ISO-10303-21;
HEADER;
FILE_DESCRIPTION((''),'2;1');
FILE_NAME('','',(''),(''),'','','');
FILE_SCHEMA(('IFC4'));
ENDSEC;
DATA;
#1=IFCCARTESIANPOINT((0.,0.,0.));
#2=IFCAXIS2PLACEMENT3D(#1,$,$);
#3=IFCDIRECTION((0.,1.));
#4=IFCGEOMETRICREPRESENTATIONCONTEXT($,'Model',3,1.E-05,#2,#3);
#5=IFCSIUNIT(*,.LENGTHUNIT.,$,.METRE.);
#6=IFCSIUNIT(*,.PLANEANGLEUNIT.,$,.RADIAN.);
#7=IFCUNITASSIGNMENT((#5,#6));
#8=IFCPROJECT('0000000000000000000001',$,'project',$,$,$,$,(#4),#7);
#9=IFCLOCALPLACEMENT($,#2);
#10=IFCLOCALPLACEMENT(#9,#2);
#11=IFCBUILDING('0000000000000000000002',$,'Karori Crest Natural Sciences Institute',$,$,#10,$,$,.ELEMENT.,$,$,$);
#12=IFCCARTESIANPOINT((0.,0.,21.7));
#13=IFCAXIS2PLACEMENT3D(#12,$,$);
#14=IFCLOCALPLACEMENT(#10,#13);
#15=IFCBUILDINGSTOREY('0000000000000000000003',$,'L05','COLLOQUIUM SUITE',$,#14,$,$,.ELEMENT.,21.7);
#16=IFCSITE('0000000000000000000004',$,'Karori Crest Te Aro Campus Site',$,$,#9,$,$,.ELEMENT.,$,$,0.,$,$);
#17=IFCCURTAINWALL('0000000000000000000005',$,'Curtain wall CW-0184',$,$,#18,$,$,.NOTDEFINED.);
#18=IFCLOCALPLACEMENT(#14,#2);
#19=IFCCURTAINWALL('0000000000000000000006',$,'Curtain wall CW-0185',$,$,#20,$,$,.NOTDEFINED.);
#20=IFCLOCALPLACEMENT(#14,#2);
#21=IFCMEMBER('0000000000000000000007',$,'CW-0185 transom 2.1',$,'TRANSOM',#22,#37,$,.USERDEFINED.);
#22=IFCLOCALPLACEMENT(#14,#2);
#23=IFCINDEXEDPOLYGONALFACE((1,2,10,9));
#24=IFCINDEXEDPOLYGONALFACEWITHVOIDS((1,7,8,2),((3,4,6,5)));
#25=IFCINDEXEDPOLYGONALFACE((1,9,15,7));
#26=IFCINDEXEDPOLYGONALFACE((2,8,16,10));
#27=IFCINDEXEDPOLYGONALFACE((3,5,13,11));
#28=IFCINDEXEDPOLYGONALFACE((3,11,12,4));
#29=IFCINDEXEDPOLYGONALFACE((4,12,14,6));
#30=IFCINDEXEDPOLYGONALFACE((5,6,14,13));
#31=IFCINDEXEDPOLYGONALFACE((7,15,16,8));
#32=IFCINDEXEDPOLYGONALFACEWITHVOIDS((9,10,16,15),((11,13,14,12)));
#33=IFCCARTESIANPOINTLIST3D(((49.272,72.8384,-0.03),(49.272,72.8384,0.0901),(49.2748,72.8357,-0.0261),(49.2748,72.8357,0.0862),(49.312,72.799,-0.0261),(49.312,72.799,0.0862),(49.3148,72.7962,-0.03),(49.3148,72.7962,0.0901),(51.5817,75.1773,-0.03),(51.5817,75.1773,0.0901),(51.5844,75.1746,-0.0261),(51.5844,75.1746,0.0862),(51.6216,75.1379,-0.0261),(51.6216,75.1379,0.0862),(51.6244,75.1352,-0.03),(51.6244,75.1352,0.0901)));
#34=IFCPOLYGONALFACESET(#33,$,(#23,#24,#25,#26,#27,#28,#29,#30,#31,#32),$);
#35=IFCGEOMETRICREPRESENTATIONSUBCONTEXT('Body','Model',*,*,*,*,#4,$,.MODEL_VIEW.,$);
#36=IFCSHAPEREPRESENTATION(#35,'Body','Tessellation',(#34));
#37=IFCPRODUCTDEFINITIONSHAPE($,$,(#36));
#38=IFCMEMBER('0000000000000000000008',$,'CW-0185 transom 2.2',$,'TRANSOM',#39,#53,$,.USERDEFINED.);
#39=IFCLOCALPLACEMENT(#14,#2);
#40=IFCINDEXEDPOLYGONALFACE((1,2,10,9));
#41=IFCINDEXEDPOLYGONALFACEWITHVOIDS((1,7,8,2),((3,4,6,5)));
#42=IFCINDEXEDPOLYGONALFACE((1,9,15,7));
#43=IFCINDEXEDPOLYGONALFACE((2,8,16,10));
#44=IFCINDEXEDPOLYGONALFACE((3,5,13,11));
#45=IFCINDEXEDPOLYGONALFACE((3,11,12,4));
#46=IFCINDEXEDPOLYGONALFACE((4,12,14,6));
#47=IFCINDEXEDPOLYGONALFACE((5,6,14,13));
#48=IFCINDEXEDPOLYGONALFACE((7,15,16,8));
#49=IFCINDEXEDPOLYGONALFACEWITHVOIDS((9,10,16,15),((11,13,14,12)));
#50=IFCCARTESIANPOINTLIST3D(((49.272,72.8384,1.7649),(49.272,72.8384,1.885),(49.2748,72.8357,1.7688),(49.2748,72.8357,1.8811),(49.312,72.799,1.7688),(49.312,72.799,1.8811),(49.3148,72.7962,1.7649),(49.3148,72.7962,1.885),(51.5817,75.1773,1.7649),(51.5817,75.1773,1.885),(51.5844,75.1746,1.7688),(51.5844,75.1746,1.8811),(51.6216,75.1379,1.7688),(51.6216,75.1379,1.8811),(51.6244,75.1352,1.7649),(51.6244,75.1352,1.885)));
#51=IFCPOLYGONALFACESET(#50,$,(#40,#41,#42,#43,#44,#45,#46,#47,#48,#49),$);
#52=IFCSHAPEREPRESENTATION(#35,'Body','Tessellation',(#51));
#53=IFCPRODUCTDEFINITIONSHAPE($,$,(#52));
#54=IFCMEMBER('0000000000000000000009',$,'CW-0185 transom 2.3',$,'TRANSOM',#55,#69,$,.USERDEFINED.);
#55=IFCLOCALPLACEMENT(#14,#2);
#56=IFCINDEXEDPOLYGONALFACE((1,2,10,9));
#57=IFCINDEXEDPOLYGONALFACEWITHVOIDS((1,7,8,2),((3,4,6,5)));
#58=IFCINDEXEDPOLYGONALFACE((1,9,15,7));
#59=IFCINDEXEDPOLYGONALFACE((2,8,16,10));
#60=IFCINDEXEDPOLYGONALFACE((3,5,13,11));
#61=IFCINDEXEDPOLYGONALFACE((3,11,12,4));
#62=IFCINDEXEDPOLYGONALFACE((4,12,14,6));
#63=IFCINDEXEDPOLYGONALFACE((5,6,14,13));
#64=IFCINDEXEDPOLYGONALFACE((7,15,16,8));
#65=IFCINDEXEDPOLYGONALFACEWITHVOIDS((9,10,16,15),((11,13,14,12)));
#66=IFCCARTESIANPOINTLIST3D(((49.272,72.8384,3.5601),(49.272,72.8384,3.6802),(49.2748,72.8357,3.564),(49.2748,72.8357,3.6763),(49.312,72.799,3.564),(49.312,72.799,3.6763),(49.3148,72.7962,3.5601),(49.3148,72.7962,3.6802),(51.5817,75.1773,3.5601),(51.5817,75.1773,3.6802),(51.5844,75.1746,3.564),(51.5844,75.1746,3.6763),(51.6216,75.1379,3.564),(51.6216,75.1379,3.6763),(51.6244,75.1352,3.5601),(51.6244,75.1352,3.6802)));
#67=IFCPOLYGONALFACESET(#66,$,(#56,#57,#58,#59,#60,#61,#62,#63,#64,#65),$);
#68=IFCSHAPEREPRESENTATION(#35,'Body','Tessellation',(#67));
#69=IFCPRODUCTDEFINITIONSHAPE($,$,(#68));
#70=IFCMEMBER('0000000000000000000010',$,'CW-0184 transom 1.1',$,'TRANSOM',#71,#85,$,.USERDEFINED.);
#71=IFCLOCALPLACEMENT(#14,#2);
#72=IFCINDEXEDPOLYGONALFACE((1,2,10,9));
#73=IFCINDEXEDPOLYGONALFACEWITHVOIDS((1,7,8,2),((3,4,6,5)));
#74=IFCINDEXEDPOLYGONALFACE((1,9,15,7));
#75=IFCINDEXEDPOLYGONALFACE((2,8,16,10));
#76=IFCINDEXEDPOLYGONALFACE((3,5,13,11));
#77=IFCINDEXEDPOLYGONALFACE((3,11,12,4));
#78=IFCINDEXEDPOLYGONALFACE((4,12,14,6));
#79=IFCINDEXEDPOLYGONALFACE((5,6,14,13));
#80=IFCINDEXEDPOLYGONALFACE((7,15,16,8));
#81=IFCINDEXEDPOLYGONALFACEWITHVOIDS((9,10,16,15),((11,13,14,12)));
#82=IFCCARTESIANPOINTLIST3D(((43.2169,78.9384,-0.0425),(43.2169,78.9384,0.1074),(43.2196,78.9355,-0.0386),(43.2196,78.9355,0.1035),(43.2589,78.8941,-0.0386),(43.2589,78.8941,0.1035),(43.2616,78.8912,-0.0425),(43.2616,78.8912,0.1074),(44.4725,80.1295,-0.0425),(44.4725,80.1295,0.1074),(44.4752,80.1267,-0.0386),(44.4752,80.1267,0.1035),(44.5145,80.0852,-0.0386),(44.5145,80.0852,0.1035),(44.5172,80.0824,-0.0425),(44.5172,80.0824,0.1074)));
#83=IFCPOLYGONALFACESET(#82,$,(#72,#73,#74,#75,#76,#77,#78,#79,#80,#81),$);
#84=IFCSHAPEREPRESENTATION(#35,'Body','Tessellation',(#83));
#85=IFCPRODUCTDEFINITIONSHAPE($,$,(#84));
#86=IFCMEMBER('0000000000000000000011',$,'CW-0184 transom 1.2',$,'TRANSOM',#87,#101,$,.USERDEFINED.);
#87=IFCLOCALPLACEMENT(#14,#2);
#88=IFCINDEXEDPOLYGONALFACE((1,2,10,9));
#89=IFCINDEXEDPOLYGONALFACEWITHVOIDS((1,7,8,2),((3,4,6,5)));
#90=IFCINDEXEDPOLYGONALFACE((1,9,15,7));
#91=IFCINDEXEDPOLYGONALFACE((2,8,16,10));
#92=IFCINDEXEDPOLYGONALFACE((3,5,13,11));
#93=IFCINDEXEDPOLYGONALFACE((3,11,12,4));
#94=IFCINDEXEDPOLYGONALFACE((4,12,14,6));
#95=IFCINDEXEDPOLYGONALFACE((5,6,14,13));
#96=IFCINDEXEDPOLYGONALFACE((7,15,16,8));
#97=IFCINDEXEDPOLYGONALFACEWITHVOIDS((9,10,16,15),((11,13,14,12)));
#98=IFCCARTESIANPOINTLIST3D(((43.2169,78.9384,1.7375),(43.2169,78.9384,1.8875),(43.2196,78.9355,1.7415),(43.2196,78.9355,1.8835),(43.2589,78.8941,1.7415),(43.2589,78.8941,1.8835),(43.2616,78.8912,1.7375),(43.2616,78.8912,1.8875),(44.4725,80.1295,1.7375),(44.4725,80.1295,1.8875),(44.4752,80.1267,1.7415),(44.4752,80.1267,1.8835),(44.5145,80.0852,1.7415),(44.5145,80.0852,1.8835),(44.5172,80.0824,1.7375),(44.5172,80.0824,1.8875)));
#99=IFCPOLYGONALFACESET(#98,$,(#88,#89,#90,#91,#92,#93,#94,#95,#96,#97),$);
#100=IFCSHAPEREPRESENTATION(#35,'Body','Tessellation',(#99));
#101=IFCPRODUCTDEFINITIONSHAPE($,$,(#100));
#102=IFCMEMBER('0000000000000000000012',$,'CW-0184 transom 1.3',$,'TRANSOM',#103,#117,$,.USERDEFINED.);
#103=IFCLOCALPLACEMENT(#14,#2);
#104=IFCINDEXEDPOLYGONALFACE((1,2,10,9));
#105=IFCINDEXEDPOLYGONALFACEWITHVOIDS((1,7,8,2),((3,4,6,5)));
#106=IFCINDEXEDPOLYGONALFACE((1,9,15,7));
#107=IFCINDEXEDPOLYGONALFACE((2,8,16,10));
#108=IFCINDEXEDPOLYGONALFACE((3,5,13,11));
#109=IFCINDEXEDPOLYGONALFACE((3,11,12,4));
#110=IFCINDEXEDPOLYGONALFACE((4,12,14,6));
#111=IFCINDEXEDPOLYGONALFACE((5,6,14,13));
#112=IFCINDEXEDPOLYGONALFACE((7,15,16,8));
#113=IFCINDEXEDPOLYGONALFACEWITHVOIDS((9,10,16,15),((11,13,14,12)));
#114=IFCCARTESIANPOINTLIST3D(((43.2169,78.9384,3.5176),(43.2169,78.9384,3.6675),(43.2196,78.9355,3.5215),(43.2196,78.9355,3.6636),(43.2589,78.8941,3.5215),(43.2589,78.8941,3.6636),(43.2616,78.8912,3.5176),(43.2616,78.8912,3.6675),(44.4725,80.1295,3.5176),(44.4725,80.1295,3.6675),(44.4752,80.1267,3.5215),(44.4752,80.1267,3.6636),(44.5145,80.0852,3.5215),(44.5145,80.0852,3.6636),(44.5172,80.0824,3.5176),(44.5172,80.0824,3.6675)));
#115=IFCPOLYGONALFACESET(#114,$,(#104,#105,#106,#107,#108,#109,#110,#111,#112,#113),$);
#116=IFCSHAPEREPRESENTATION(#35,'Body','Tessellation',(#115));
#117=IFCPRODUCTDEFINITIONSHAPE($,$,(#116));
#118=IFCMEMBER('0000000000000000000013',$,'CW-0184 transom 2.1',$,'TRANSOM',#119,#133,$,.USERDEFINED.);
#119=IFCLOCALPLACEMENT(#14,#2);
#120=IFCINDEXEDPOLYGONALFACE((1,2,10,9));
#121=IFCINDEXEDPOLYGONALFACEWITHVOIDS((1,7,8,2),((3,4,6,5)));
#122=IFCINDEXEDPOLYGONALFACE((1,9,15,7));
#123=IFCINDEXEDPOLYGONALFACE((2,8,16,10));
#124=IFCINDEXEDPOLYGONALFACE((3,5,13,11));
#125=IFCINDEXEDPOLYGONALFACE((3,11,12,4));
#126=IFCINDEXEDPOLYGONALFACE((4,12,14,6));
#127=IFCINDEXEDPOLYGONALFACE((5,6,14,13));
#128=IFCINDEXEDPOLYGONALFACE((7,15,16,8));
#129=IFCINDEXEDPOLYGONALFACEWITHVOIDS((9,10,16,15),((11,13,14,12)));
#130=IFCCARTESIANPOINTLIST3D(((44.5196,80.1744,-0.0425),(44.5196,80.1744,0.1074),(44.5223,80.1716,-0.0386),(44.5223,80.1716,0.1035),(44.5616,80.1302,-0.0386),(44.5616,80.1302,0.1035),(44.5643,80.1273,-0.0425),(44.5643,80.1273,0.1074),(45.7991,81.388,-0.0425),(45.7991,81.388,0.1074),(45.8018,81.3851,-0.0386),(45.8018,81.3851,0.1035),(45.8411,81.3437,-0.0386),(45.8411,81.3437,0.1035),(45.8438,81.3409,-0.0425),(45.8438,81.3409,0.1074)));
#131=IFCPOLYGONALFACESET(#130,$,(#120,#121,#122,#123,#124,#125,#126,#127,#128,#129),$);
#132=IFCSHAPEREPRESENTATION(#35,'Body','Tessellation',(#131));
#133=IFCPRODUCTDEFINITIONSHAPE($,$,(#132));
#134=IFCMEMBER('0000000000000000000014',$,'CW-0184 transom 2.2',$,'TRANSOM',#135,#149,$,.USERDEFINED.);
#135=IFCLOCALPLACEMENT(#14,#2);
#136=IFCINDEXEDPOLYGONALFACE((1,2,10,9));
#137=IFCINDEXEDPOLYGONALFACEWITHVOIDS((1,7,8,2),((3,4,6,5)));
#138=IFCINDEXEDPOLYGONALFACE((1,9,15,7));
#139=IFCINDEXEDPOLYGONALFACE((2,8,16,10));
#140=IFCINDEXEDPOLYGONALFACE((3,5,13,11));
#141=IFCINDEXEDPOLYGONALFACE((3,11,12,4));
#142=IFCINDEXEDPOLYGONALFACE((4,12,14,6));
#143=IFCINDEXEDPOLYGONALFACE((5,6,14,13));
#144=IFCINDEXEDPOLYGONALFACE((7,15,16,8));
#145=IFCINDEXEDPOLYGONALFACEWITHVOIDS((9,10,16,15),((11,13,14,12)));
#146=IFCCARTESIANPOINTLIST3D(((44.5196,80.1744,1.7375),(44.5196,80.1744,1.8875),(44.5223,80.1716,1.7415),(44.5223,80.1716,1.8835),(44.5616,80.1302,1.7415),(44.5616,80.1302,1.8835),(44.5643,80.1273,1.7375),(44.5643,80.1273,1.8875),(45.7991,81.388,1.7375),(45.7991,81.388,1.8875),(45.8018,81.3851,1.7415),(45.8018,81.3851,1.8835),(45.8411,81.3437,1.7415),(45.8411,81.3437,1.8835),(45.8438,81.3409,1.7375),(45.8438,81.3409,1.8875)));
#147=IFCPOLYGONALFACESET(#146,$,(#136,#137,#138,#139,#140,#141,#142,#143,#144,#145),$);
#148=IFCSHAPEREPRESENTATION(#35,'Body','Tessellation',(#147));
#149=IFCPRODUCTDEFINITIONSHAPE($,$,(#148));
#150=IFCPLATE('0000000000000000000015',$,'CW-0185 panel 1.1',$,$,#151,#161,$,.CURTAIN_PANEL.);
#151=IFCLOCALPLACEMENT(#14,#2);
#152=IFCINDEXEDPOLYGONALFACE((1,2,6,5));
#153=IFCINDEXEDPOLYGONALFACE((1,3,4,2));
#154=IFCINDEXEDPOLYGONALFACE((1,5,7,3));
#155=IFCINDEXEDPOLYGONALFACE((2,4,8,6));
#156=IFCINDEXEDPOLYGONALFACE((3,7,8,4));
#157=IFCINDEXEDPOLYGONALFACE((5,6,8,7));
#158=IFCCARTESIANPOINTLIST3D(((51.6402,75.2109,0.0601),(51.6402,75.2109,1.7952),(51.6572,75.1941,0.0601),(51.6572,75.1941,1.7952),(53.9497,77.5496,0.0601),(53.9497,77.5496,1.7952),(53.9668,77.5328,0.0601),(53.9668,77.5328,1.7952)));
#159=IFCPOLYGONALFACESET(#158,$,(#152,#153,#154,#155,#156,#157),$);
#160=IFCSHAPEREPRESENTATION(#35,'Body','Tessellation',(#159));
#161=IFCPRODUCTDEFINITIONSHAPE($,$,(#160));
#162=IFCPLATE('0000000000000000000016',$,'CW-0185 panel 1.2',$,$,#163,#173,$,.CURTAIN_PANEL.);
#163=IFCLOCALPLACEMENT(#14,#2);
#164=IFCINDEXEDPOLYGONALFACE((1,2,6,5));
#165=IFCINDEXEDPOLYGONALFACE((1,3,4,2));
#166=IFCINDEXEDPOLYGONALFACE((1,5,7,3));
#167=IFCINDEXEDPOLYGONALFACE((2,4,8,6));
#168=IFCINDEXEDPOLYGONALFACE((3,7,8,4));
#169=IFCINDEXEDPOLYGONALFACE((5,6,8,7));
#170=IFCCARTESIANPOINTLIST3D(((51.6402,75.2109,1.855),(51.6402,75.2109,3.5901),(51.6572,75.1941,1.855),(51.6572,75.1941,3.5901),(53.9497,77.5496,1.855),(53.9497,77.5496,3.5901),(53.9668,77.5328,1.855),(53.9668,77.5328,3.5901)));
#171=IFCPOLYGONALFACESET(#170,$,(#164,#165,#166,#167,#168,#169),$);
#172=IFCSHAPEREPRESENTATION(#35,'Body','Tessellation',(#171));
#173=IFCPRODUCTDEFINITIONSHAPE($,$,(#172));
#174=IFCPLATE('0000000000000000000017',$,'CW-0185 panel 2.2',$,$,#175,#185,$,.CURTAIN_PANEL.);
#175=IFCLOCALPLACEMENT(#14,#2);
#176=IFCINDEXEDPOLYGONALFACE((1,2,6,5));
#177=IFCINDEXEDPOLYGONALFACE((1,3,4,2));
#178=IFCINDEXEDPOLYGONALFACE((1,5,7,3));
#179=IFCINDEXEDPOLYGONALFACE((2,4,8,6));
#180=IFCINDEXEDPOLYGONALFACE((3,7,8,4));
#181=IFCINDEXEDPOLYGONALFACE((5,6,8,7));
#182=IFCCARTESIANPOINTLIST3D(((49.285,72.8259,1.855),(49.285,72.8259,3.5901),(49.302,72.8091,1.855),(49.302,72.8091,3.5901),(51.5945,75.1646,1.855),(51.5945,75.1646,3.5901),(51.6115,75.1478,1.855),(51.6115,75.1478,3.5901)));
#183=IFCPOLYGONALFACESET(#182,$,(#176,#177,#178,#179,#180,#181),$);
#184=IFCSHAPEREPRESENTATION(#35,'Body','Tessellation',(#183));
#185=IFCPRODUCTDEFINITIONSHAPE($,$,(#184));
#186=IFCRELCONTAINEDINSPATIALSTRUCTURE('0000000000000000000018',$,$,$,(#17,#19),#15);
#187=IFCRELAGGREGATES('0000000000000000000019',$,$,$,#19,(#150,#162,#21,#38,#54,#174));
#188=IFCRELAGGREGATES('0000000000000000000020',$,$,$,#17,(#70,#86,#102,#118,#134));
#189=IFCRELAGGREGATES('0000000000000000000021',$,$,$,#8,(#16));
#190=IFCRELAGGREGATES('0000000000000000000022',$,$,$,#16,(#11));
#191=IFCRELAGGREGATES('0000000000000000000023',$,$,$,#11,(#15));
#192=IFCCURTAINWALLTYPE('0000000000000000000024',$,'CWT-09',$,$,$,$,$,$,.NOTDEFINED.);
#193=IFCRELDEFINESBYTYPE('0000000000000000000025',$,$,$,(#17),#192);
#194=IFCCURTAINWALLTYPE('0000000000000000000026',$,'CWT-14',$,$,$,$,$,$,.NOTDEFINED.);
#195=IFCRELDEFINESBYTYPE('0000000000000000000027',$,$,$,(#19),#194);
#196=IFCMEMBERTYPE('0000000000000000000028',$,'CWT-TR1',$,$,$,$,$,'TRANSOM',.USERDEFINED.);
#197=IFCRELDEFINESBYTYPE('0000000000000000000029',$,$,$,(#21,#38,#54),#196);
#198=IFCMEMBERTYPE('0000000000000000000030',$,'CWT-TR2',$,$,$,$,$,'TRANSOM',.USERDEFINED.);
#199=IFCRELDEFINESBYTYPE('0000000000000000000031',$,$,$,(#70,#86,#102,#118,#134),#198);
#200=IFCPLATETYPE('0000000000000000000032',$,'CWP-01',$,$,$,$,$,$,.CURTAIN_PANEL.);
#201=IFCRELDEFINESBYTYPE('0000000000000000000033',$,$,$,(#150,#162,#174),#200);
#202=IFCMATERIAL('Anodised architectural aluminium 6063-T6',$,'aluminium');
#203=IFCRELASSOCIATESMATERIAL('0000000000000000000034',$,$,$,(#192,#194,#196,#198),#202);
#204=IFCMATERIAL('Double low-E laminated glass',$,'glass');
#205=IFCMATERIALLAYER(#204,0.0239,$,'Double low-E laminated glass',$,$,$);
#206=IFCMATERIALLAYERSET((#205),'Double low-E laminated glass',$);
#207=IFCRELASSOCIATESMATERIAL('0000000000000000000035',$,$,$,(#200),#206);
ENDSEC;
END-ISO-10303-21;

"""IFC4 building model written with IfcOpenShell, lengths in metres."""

from ifc_helpers import new_model, si_unit, direction, frame, origin, origin_2d, place, context, subcontext, project, spatial, rectangle, hollow_rectangle, extrude, material, layer, layer_set, material_profile, profile_set, type_object, element, aggregate, save


model = new_model("IFC4")

# Units and contexts
model_context = context("Model", 3, precision=1e-05, world=origin(), true_north=direction((0.0, 1.0)))
body_context = subcontext(model_context, "Body", "Model", "MODEL_VIEW")
ifc_project = project(units=[si_unit("LENGTHUNIT", "METRE"), si_unit("PLANEANGLEUNIT", "RADIAN")], contexts=[model_context])

# Site, building, storey
site_placement = place(None, origin())
site = spatial("IfcSite", under=ifc_project, at=site_placement, Name="Karori Crest Te Aro Campus Site", CompositionType="ELEMENT", RefElevation=0.0)
building_placement = place(site_placement, origin())
building = spatial("IfcBuilding", under=site, at=building_placement, Name="Karori Crest Natural Sciences Institute", CompositionType="ELEMENT")
storey_placement = place(building_placement, frame((0.0, 0.0, 21.7)))
storey = spatial("IfcBuildingStorey", under=building, at=storey_placement, Name="L05", Description="COLLOQUIUM SUITE", CompositionType="ELEMENT", Elevation=21.7)

# Curtain walls
ifc_material_1 = material(Name="Anodised architectural aluminium 6063-T6", Category="aluminium")
curtain_wall_type_1 = type_object("IfcCurtainWallType", Name="CWT-09", PredefinedType="NOTDEFINED", material=ifc_material_1)
curtain_wall_1_placement = place(storey_placement, origin())
curtain_wall_1 = element("IfcCurtainWall", 1, at=curtain_wall_1_placement, inside=storey, type_object=curtain_wall_type_1, Name="Curtain wall CW-0184", PredefinedType="NOTDEFINED")
curtain_wall_type_2 = type_object("IfcCurtainWallType", Name="CWT-14", PredefinedType="NOTDEFINED", material=ifc_material_1)
curtain_wall_2_placement = place(storey_placement, origin())
curtain_wall_2 = element("IfcCurtainWall", 2, at=curtain_wall_2_placement, inside=storey, type_object=curtain_wall_type_2, Name="Curtain wall CW-0185", PredefinedType="NOTDEFINED")

# Members
ifc_material_profile_1 = material_profile(ifc_material_1, hollow_rectangle(XDim=0.0601, YDim=0.1201, WallThickness=0.0039, at=origin_2d()), Name="CWT120x60x4")
ifc_profile_set_1 = profile_set([ifc_material_profile_1], Name="Anodised architectural aluminium 6063-T6")
member_type_1 = type_object("IfcMemberType", Name="CWT-TR1", ElementType="TRANSOM", PredefinedType="USERDEFINED", material=ifc_profile_set_1)
member_1_placement = place(storey_placement, frame((51.603, 75.1562, 0.03), z_axis=(-0.702636, -0.711549, 0.0), x_axis=(0.711549, -0.702636, 0.0)))
member_1 = element("IfcMember", 3, at=member_1_placement, type_object=member_type_1, Name="CW-0185 transom 2.1", ObjectType="TRANSOM", PredefinedType="USERDEFINED", context=body_context, shape_type="SweptSolid", body=[
    extrude(hollow_rectangle(XDim=0.0601, YDim=0.1201, WallThickness=0.0039, at=origin_2d()), origin(), (0.0, 0.0, 1.0), 3.2871),
])
member_2_placement = place(storey_placement, frame((51.603, 75.1562, 1.825), z_axis=(-0.702636, -0.711549, 0.0), x_axis=(0.711549, -0.702636, 0.0)))
member_2 = element("IfcMember", 4, at=member_2_placement, type_object=member_type_1, Name="CW-0185 transom 2.2", ObjectType="TRANSOM", PredefinedType="USERDEFINED", context=body_context, shape_type="SweptSolid", body=[
    extrude(hollow_rectangle(XDim=0.0601, YDim=0.1201, WallThickness=0.0039, at=origin_2d()), origin(), (0.0, 0.0, 1.0), 3.2871),
])
member_3_placement = place(storey_placement, frame((51.603, 75.1562, 3.6201), z_axis=(-0.702636, -0.711549, 0.0), x_axis=(0.711549, -0.702636, 0.0)))
member_3 = element("IfcMember", 5, at=member_3_placement, type_object=member_type_1, Name="CW-0185 transom 2.3", ObjectType="TRANSOM", PredefinedType="USERDEFINED", context=body_context, shape_type="SweptSolid", body=[
    extrude(hollow_rectangle(XDim=0.0601, YDim=0.1201, WallThickness=0.0039, at=origin_2d()), origin(), (0.0, 0.0, 1.0), 3.2871),
])
ifc_material_profile_2 = material_profile(ifc_material_1, hollow_rectangle(XDim=0.0649, YDim=0.1499, WallThickness=0.0039, at=origin_2d()), Name="CWT150x65x4")
ifc_profile_set_2 = profile_set([ifc_material_profile_2], Name="Anodised architectural aluminium 6063-T6")
member_type_2 = type_object("IfcMemberType", Name="CWT-TR2", ElementType="TRANSOM", PredefinedType="USERDEFINED", material=ifc_profile_set_2)
member_4_placement = place(storey_placement, frame((43.2393, 78.9148, 0.0325), z_axis=(0.725482, 0.688241, 0.0), x_axis=(-0.688241, 0.725482, 0.0)))
member_4 = element("IfcMember", 6, at=member_4_placement, type_object=member_type_2, Name="CW-0184 transom 1.1", ObjectType="TRANSOM", PredefinedType="USERDEFINED", context=body_context, shape_type="SweptSolid", body=[
    extrude(hollow_rectangle(XDim=0.0649, YDim=0.1499, WallThickness=0.0039, at=origin_2d()), origin(), (0.0, 0.0, 1.0), 1.7307),
])
member_5_placement = place(storey_placement, frame((43.2393, 78.9148, 1.8125), z_axis=(0.725482, 0.688241, 0.0), x_axis=(-0.688241, 0.725482, 0.0)))
member_5 = element("IfcMember", 7, at=member_5_placement, type_object=member_type_2, Name="CW-0184 transom 1.2", ObjectType="TRANSOM", PredefinedType="USERDEFINED", context=body_context, shape_type="SweptSolid", body=[
    extrude(hollow_rectangle(XDim=0.0649, YDim=0.1499, WallThickness=0.0039, at=origin_2d()), origin(), (0.0, 0.0, 1.0), 1.7307),
])
member_6_placement = place(storey_placement, frame((43.2393, 78.9148, 3.5925), z_axis=(0.725482, 0.688241, 0.0), x_axis=(-0.688241, 0.725482, 0.0)))
member_6 = element("IfcMember", 8, at=member_6_placement, type_object=member_type_2, Name="CW-0184 transom 1.3", ObjectType="TRANSOM", PredefinedType="USERDEFINED", context=body_context, shape_type="SweptSolid", body=[
    extrude(hollow_rectangle(XDim=0.0649, YDim=0.1499, WallThickness=0.0039, at=origin_2d()), origin(), (0.0, 0.0, 1.0), 1.7307),
])
member_7_placement = place(storey_placement, frame((44.542, 80.1509, 0.0325), z_axis=(0.725549, 0.688171, 0.0), x_axis=(-0.688171, 0.725549, 0.0)))
member_7 = element("IfcMember", 9, at=member_7_placement, type_object=member_type_2, Name="CW-0184 transom 2.1", ObjectType="TRANSOM", PredefinedType="USERDEFINED", context=body_context, shape_type="SweptSolid", body=[
    extrude(hollow_rectangle(XDim=0.0649, YDim=0.1499, WallThickness=0.0039, at=origin_2d()), origin(), (0.0, 0.0, 1.0), 1.7634),
])
member_8_placement = place(storey_placement, frame((44.542, 80.1509, 1.8125), z_axis=(0.725549, 0.688171, 0.0), x_axis=(-0.688171, 0.725549, 0.0)))
member_8 = element("IfcMember", 10, at=member_8_placement, type_object=member_type_2, Name="CW-0184 transom 2.2", ObjectType="TRANSOM", PredefinedType="USERDEFINED", context=body_context, shape_type="SweptSolid", body=[
    extrude(hollow_rectangle(XDim=0.0649, YDim=0.1499, WallThickness=0.0039, at=origin_2d()), origin(), (0.0, 0.0, 1.0), 1.7634),
])

# Plates
ifc_material_2 = material(Name="Double low-E laminated glass", Category="glass")
ifc_layer_1 = layer(ifc_material_2, 0.0239, Name="Double low-E laminated glass")
ifc_layer_set_1 = layer_set([ifc_layer_1], Name="Double low-E laminated glass")
plate_type_1 = type_object("IfcPlateType", Name="CWP-01", PredefinedType="CURTAIN_PANEL", material=ifc_layer_set_1)
plate_1_placement = place(storey_placement, frame((52.8035, 76.3718, 0.0601), z_axis=(0.0, 0.0, 1.0), x_axis=(-0.702661, -0.711525, 0.0)))
plate_1 = element("IfcPlate", 11, at=plate_1_placement, type_object=plate_type_1, Name="CW-0185 panel 1.1", PredefinedType="CURTAIN_PANEL", context=body_context, shape_type="SweptSolid", body=[
    extrude(rectangle(XDim=3.2869, YDim=0.0239, at=origin_2d()), origin(), (0.0, 0.0, 1.0), 1.7351),
])
plate_2_placement = place(storey_placement, frame((52.8035, 76.3718, 1.855), z_axis=(0.0, 0.0, 1.0), x_axis=(-0.702661, -0.711525, 0.0)))
plate_2 = element("IfcPlate", 12, at=plate_2_placement, type_object=plate_type_1, Name="CW-0185 panel 1.2", PredefinedType="CURTAIN_PANEL", context=body_context, shape_type="SweptSolid", body=[
    extrude(rectangle(XDim=3.2869, YDim=0.0239, at=origin_2d()), origin(), (0.0, 0.0, 1.0), 1.7351),
])
plate_3_placement = place(storey_placement, frame((50.4482, 73.9868, 1.855), z_axis=(0.0, 0.0, 1.0), x_axis=(-0.702661, -0.711525, 0.0)))
plate_3 = element("IfcPlate", 13, at=plate_3_placement, type_object=plate_type_1, Name="CW-0185 panel 2.2", PredefinedType="CURTAIN_PANEL", context=body_context, shape_type="SweptSolid", body=[
    extrude(rectangle(XDim=3.2869, YDim=0.0239, at=origin_2d()), origin(), (0.0, 0.0, 1.0), 1.7351),
])
aggregate(curtain_wall_2, [plate_1, plate_2, member_1, member_2, member_3, plate_3])
aggregate(curtain_wall_1, [member_4, member_5, member_6, member_7, member_8])

save(model, "model.ifc")
